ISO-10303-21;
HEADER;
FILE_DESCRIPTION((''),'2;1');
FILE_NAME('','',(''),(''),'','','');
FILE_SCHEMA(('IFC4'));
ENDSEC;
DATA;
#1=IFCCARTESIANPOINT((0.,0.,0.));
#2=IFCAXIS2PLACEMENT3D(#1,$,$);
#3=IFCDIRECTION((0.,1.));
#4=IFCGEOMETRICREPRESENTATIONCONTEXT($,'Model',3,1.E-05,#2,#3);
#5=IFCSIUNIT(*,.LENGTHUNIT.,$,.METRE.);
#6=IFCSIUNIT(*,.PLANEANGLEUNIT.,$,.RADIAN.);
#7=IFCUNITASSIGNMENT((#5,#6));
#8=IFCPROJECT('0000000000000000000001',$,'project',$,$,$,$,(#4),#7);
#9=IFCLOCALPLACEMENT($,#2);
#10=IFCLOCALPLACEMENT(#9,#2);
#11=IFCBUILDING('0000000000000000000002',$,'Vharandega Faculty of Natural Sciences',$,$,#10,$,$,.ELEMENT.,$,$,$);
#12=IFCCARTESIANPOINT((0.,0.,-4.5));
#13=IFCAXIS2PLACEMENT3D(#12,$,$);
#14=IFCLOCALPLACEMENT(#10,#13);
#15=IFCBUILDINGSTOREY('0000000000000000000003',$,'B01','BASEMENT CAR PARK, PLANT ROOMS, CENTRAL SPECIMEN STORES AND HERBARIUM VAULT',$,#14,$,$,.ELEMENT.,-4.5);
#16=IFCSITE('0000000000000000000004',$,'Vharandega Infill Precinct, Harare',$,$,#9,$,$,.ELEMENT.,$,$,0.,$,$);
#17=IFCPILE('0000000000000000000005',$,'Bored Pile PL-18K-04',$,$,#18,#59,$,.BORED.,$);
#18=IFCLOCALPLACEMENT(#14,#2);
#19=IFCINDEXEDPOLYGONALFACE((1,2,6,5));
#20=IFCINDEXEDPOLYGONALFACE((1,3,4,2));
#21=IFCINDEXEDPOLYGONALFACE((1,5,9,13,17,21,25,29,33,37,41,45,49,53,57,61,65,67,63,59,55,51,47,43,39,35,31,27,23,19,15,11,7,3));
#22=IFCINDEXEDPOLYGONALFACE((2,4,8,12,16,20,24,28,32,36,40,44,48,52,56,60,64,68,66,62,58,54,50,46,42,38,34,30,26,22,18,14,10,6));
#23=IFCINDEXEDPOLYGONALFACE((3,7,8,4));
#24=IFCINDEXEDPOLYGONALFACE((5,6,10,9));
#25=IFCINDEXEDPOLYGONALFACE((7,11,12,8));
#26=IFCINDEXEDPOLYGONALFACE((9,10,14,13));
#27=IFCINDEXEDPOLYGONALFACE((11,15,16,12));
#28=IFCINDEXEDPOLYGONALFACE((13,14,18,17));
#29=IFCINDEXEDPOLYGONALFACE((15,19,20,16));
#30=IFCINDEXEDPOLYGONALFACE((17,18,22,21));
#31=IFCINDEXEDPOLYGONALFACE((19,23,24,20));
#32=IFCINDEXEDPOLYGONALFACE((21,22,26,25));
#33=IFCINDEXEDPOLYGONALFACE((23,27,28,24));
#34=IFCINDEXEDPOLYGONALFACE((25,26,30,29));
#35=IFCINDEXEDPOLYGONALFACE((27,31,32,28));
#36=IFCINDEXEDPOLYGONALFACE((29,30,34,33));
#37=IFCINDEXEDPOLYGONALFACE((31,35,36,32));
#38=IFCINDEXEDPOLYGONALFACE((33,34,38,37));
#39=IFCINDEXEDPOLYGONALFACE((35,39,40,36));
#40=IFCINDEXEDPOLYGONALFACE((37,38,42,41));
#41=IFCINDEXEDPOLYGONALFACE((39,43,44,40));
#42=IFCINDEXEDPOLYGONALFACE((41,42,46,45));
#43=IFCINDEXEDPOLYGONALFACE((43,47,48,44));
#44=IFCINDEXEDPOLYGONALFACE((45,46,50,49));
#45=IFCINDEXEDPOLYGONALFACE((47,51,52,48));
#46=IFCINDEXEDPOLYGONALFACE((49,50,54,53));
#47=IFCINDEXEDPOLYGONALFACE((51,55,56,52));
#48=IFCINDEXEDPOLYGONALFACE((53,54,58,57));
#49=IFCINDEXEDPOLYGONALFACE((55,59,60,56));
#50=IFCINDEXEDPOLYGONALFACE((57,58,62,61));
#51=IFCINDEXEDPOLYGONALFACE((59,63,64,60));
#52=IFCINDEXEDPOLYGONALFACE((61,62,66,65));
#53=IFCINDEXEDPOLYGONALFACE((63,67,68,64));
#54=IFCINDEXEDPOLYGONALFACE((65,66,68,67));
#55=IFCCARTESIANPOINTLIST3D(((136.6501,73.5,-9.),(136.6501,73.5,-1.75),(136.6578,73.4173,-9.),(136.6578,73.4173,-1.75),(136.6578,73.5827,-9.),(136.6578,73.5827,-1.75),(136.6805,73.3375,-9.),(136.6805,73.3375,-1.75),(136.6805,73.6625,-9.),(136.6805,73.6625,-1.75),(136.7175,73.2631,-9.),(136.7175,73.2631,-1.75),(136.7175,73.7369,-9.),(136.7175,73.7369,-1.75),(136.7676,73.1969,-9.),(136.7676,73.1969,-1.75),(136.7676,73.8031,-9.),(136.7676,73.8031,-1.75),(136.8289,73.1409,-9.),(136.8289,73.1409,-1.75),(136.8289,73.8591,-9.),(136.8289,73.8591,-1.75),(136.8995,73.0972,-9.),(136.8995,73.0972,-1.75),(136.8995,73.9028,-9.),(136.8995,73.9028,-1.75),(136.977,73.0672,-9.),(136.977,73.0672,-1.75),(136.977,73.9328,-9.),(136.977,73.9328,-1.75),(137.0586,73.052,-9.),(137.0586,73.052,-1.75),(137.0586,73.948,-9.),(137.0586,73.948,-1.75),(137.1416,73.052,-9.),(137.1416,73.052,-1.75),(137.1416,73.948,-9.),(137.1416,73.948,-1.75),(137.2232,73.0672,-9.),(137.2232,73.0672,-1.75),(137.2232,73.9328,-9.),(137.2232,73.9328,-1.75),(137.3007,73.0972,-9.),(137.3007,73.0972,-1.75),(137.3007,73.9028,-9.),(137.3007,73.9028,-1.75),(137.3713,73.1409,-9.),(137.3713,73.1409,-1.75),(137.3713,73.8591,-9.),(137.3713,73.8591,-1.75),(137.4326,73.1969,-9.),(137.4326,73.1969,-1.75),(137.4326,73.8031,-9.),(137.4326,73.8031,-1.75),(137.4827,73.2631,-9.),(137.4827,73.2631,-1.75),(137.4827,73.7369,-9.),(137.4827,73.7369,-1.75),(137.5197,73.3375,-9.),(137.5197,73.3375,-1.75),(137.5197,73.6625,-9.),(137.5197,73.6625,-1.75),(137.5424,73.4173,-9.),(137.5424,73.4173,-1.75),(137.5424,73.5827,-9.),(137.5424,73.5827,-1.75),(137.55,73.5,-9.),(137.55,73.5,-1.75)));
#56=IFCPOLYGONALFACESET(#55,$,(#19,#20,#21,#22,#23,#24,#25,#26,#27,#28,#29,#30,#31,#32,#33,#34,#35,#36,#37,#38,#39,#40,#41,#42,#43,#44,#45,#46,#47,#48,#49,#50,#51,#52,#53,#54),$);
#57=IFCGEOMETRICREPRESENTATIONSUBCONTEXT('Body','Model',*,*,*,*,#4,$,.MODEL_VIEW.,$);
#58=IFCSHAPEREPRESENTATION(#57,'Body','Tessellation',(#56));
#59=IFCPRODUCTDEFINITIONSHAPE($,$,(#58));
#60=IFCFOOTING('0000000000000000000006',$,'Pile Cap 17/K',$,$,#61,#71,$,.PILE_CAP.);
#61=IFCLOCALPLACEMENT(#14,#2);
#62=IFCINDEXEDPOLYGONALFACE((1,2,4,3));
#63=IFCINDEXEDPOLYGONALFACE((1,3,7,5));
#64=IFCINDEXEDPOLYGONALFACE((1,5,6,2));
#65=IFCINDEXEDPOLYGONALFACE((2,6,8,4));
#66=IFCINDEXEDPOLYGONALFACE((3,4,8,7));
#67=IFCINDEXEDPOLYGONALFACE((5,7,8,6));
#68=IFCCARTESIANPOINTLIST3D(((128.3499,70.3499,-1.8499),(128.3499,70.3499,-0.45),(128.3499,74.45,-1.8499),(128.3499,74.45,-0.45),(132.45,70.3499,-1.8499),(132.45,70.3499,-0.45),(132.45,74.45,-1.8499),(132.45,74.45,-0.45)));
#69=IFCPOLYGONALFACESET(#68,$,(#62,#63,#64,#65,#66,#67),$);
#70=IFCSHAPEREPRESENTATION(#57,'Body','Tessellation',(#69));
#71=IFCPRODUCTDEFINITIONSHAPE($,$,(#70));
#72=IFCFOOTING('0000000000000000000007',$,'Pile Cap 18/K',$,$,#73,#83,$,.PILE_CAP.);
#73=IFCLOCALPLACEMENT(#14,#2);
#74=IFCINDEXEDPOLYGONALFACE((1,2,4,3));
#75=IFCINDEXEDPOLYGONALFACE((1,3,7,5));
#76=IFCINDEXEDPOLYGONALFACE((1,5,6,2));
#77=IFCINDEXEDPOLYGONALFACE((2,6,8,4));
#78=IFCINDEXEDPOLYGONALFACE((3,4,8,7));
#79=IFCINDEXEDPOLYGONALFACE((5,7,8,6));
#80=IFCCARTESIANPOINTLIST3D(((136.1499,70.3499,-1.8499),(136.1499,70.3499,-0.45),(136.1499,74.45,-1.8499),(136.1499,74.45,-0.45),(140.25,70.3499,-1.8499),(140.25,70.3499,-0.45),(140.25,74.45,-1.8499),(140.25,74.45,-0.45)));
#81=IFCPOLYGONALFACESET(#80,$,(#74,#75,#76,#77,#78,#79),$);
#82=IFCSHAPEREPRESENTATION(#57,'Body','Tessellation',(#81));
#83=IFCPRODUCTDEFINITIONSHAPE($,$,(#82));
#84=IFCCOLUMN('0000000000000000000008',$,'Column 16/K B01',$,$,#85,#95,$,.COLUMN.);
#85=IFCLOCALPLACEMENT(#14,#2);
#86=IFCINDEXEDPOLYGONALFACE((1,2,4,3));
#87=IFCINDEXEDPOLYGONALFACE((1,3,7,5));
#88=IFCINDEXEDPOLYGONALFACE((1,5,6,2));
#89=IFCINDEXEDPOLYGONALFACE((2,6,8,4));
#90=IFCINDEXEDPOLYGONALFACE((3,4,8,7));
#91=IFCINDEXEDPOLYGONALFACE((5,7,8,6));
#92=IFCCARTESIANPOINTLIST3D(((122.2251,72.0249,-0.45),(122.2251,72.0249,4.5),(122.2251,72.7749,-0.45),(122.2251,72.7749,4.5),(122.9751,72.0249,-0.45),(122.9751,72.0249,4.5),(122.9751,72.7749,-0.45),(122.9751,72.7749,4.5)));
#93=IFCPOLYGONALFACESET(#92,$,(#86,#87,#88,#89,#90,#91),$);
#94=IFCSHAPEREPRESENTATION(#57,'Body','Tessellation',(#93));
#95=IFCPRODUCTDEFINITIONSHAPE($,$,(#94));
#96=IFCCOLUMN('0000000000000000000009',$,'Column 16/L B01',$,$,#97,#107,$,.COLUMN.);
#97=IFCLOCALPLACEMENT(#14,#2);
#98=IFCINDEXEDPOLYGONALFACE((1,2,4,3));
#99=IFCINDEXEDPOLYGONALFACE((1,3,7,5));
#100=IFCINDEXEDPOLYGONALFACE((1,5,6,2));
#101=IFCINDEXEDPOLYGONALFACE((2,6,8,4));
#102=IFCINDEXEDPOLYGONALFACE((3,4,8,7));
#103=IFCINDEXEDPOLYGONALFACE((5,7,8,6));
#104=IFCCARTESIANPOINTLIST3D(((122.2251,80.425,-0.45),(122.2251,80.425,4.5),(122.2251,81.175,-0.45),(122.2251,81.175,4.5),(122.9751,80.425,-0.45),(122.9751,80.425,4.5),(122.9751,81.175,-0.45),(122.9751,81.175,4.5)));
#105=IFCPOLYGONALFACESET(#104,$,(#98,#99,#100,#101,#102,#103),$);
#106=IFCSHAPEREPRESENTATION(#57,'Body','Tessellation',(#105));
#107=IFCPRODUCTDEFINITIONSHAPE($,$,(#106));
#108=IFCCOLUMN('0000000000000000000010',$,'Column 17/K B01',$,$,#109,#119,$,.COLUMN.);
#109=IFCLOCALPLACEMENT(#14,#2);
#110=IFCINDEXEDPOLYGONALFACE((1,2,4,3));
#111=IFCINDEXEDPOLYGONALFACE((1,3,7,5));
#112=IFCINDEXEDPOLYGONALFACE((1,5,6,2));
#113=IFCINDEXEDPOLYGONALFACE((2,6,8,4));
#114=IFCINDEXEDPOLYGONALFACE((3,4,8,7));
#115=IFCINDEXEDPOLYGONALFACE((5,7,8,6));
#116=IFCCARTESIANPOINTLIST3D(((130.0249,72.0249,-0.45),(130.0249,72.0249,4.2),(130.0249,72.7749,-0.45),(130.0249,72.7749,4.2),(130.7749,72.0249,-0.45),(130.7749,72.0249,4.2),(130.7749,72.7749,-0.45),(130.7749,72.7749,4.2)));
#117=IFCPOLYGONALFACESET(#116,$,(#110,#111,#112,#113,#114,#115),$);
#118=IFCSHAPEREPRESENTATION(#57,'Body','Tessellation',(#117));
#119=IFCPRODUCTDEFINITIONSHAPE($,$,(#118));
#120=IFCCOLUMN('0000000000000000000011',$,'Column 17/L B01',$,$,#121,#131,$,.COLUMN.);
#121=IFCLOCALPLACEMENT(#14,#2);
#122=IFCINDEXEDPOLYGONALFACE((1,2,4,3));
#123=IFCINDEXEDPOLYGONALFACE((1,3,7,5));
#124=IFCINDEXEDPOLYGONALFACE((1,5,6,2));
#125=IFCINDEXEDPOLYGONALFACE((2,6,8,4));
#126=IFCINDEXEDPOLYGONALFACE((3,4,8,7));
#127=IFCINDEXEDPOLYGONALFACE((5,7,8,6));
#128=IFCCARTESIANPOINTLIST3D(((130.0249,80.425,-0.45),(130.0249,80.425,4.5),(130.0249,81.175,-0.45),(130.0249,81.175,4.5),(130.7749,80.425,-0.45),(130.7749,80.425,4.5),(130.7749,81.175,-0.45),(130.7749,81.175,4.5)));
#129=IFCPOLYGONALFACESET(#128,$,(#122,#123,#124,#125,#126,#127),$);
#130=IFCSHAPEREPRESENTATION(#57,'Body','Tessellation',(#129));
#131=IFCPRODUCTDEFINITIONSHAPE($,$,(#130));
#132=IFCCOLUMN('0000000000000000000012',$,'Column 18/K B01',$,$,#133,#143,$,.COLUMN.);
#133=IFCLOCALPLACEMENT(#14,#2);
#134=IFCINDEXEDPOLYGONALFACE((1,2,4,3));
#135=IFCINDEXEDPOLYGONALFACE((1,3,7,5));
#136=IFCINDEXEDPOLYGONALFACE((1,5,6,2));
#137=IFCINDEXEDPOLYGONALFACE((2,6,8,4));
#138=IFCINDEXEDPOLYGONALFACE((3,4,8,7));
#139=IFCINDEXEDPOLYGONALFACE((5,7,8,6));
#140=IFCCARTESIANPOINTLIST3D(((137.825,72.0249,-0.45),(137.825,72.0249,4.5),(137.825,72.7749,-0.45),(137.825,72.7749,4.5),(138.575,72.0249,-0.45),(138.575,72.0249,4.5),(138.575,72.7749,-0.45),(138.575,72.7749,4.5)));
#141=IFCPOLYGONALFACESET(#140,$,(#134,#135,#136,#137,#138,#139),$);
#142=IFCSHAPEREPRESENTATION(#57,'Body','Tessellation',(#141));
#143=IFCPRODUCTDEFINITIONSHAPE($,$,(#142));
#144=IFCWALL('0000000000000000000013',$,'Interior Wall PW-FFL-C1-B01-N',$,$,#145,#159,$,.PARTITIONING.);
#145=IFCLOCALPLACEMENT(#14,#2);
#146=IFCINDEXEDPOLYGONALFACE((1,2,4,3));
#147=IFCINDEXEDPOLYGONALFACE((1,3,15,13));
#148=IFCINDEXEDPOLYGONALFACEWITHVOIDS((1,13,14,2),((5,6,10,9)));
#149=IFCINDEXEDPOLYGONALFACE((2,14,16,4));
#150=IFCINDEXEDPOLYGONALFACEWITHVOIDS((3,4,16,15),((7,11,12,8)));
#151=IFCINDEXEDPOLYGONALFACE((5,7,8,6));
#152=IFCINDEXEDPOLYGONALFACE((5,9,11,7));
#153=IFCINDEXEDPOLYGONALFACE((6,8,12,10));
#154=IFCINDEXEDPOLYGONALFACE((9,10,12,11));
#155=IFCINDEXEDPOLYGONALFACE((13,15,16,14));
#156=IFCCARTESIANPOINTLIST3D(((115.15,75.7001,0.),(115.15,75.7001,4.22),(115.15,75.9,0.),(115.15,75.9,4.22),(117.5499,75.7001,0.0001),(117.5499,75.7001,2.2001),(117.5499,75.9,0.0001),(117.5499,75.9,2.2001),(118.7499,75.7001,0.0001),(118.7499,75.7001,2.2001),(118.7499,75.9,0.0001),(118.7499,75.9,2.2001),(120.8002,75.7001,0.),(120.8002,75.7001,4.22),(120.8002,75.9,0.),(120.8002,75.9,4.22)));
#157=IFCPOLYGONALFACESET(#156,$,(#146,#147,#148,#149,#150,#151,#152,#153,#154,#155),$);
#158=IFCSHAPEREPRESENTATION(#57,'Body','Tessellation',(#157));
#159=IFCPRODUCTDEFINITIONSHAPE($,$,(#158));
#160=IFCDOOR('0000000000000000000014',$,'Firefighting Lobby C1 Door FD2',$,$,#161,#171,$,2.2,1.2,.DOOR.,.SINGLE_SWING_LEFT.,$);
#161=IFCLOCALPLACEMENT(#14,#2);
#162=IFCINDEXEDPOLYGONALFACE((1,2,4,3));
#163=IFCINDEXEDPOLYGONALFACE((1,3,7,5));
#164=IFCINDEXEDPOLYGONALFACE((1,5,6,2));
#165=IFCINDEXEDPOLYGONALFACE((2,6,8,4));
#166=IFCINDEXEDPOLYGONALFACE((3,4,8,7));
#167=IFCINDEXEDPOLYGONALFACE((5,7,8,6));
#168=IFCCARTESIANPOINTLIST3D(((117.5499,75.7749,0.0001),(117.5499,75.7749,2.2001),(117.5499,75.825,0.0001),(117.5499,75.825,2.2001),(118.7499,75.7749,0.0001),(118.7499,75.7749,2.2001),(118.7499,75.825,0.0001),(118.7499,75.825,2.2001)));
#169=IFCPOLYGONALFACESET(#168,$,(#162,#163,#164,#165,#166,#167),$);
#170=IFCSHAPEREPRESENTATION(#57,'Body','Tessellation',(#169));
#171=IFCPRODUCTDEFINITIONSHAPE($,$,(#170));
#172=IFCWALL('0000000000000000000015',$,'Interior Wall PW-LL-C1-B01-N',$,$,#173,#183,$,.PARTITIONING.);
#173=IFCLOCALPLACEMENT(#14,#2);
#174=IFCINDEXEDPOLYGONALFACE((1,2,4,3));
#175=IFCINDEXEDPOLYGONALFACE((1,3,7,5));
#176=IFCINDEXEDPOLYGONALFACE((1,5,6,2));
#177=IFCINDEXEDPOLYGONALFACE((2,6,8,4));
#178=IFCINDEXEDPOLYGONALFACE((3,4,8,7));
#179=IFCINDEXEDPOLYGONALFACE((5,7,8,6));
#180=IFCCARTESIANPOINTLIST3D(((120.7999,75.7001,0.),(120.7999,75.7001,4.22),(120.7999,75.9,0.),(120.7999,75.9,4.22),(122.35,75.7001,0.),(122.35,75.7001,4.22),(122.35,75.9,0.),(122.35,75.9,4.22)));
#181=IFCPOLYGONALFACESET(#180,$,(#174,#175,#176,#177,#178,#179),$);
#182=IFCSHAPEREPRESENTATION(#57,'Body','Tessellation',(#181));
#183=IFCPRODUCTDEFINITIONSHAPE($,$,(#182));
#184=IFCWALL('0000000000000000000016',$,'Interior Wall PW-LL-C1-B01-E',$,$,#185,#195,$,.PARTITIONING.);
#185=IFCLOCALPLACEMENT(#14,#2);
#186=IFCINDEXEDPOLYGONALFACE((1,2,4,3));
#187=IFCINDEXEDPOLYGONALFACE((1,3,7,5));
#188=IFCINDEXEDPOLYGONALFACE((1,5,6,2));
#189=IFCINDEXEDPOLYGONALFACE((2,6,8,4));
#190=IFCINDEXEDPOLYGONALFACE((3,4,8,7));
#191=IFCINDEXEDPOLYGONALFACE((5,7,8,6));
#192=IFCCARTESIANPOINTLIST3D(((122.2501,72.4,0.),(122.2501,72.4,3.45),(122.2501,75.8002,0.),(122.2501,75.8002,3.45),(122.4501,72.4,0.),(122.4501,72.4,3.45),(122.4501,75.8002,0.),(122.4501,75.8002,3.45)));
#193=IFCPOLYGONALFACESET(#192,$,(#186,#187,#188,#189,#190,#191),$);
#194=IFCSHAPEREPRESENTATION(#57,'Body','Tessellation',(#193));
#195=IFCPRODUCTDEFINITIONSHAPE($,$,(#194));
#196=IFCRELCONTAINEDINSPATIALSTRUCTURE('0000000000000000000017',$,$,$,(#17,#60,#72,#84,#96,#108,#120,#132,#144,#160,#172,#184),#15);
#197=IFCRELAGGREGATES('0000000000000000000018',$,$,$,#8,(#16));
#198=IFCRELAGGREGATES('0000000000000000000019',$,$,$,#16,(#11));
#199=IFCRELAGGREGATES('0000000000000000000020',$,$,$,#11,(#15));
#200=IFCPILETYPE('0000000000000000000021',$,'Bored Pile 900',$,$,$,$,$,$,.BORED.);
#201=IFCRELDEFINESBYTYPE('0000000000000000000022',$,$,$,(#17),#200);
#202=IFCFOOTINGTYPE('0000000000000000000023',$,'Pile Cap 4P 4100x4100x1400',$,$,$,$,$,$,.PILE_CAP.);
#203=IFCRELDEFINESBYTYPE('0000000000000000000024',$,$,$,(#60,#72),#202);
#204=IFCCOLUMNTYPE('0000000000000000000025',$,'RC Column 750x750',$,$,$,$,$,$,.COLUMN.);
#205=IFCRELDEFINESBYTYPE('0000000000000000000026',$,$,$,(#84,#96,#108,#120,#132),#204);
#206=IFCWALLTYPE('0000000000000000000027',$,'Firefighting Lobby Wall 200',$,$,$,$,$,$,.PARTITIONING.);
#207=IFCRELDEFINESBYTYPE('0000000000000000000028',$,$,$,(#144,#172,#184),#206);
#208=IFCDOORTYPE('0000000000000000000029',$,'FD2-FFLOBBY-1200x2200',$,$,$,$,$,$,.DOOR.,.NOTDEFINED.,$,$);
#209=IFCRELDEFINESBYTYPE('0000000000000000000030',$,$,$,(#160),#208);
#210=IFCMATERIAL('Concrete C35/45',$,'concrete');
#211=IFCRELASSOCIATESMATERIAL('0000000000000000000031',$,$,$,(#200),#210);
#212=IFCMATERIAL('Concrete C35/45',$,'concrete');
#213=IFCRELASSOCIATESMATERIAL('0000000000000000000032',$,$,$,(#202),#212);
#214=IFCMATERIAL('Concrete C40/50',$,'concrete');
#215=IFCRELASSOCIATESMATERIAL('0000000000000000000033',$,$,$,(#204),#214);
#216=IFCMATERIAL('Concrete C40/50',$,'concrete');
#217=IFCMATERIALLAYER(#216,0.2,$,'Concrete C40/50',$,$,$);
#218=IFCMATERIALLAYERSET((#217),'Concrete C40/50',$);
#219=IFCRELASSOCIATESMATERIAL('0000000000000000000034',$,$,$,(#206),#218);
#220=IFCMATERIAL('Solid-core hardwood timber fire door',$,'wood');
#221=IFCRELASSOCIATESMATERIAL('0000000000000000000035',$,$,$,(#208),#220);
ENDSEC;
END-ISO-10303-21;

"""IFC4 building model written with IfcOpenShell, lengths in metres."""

from ifc_helpers import new_model, si_unit, direction, frame, frame_2d, origin, origin_2d, place, context, subcontext, project, spatial, rectangle, circle, extrude, material, layer, layer_set, material_profile, profile_set, type_object, element, fill, save


model = new_model("IFC4")

# Units and contexts
model_context = context("Model", 3, precision=1e-05, world=origin(), true_north=direction((0.0, 1.0)))
body_context = subcontext(model_context, "Body", "Model", "MODEL_VIEW")
ifc_project = project(units=[si_unit("LENGTHUNIT", "METRE"), si_unit("PLANEANGLEUNIT", "RADIAN")], contexts=[model_context])

# Site, building, storey
site_placement = place(None, origin())
site = spatial("IfcSite", under=ifc_project, at=site_placement, Name="Vharandega Infill Precinct, Harare", CompositionType="ELEMENT", RefElevation=0.0)
building_placement = place(site_placement, origin())
building = spatial("IfcBuilding", under=site, at=building_placement, Name="Vharandega Faculty of Natural Sciences", CompositionType="ELEMENT")
storey_placement = place(building_placement, frame((0.0, 0.0, -4.5)))
storey = spatial("IfcBuildingStorey", under=building, at=storey_placement, Name="B01", Description="BASEMENT CAR PARK, PLANT ROOMS, CENTRAL SPECIMEN STORES AND HERBARIUM VAULT", CompositionType="ELEMENT", Elevation=-4.5)

# Pile
ifc_material_1 = material(Name="Concrete C35/45", Category="concrete")
ifc_material_profile_1 = material_profile(ifc_material_1, circle(Radius=0.45, at=origin_2d()), Name="PILE 900")
ifc_profile_set_1 = profile_set([ifc_material_profile_1], Name="Concrete C35/45")
pile_type = type_object("IfcPileType", Name="Bored Pile 900", PredefinedType="BORED", material=ifc_profile_set_1)
for number, where, z_axis, x_axis, name in (
    (1, (137.1001, 73.5, -1.75), (0.0, 0.0, -1.0), (1.0, 0.0, 0.0), "Bored Pile PL-18K-04"),
):
    element("IfcPile", number, at=place(storey_placement, frame(where, z_axis=z_axis, x_axis=x_axis)), inside=storey, type_object=pile_type, Name=name, PredefinedType="BORED", context=body_context, shape_type="SweptSolid", body=[
        extrude(circle(Radius=0.45, at=origin_2d()), origin(), (0.0, 0.0, 1.0), 7.25),
    ])

# Footings
ifc_material_2 = material(Name="Concrete C35/45", Category="concrete")
footing_type = type_object("IfcFootingType", Name="Pile Cap 4P 4100x4100x1400", PredefinedType="PILE_CAP", material=ifc_material_2)
for number, where, z_axis, x_axis, name in (
    (2, (130.3999, 72.3999, -1.8499), (0.0, 0.0, 1.0), (1.0, 0.0, 0.0), "Pile Cap 17/K"),
    (3, (138.2, 72.3999, -1.8499), (0.0, 0.0, 1.0), (1.0, 0.0, 0.0), "Pile Cap 18/K"),
):
    element("IfcFooting", number, at=place(storey_placement, frame(where, z_axis=z_axis, x_axis=x_axis)), inside=storey, type_object=footing_type, Name=name, PredefinedType="PILE_CAP", context=body_context, shape_type="SweptSolid", body=[
        extrude(rectangle(XDim=4.1001, YDim=4.1001, at=origin_2d()), origin(), (0.0, 0.0, 1.0), 1.3999),
    ])

# Columns
ifc_material_3 = material(Name="Concrete C40/50", Category="concrete")
ifc_material_profile_2 = material_profile(ifc_material_3, rectangle(XDim=0.75, YDim=0.75, at=origin_2d()), Name="RC 750x750")
ifc_profile_set_2 = profile_set([ifc_material_profile_2], Name="Concrete C40/50")
column_type = type_object("IfcColumnType", Name="RC Column 750x750", PredefinedType="COLUMN", material=ifc_profile_set_2)
for number, where, z_axis, x_axis, name in (
    (4, (122.6001, 72.3999, -0.45), (0.0, 0.0, 1.0), (1.0, 0.0, 0.0), "Column 16/K B01"),
    (5, (122.6001, 80.8, -0.45), (0.0, 0.0, 1.0), (1.0, 0.0, 0.0), "Column 16/L B01"),
):
    element("IfcColumn", number, at=place(storey_placement, frame(where, z_axis=z_axis, x_axis=x_axis)), inside=storey, type_object=column_type, Name=name, PredefinedType="COLUMN", context=body_context, shape_type="SweptSolid", body=[
        extrude(rectangle(XDim=0.75, YDim=0.75, at=origin_2d()), origin(), (0.0, 0.0, 1.0), 4.95),
    ])
column_placement = place(storey_placement, frame((130.3999, 72.3999, -0.45), z_axis=(0.0, 0.0, 1.0), x_axis=(1.0, 0.0, 0.0)))
element("IfcColumn", 6, at=column_placement, inside=storey, type_object=column_type, Name="Column 17/K B01", PredefinedType="COLUMN", context=body_context, shape_type="SweptSolid", body=[
    extrude(rectangle(XDim=0.75, YDim=0.75, at=origin_2d()), origin(), (0.0, 0.0, 1.0), 4.6499),
])
for number, where, z_axis, x_axis, name in (
    (7, (130.3999, 80.8, -0.45), (0.0, 0.0, 1.0), (1.0, 0.0, 0.0), "Column 17/L B01"),
    (8, (138.2, 72.3999, -0.45), (0.0, 0.0, 1.0), (1.0, 0.0, 0.0), "Column 18/K B01"),
):
    element("IfcColumn", number, at=place(storey_placement, frame(where, z_axis=z_axis, x_axis=x_axis)), inside=storey, type_object=column_type, Name=name, PredefinedType="COLUMN", context=body_context, shape_type="SweptSolid", body=[
        extrude(rectangle(XDim=0.75, YDim=0.75, at=origin_2d()), origin(), (0.0, 0.0, 1.0), 4.95),
    ])

# Wall, opening, door
ifc_material_4 = material(Name="Concrete C40/50", Category="concrete")
ifc_layer = layer(ifc_material_4, 0.2, Name="Concrete C40/50")
ifc_layer_set = layer_set([ifc_layer], Name="Concrete C40/50")
wall_type = type_object("IfcWallType", Name="Firefighting Lobby Wall 200", PredefinedType="PARTITIONING", material=ifc_layer_set)
wall_1_placement = place(storey_placement, frame((115.1499, 75.8, 0.0), z_axis=(0.0, 0.0, 1.0), x_axis=(1.0, 0.0, 0.0)))
wall_1 = element("IfcWall", 9, at=wall_1_placement, inside=storey, type_object=wall_type, Name="Interior Wall PW-FFL-C1-B01-N", PredefinedType="PARTITIONING", context=body_context, shape_type="SweptSolid", body=[
    extrude(rectangle(XDim=5.6501, YDim=0.2, at=frame_2d((2.8252, 0.0))), origin(), (0.0, 0.0, 1.0), 4.22),
])
opening_1_placement = place(wall_1_placement, frame((2.3999, 0.0, 0.0)))
opening_1 = element("IfcOpeningElement", 10, at=opening_1_placement, cuts=wall_1, PredefinedType="OPENING", context=body_context, shape_type="SweptSolid", body=[
    extrude(rectangle(XDim=1.2, YDim=2.2, at=frame_2d((0.6001, 1.1001))), frame((0.0, 0.1099, 0.0), z_axis=(0.0, -1.0, 0.0), x_axis=(1.0, 0.0, 0.0)), (0.0, 0.0, 1.0), 0.22),
])
ifc_material_5 = material(Name="Solid-core hardwood timber fire door", Category="wood")
door_type_1 = type_object("IfcDoorType", Name="FD2-FFLOBBY-1200x2200", OperationType="NOTDEFINED", PredefinedType="DOOR", material=ifc_material_5)
door_1_placement = place(opening_1_placement, origin())
door_1 = element("IfcDoor", 11, at=door_1_placement, inside=storey, type_object=door_type_1, Name="Firefighting Lobby C1 Door FD2", OperationType="SINGLE_SWING_LEFT", OverallHeight=2.2, OverallWidth=1.2, PredefinedType="DOOR", context=body_context, shape_type="SweptSolid", body=[
    extrude(rectangle(XDim=1.2, YDim=2.2, at=frame_2d((0.6001, 1.1001))), frame((0.0, 0.0249, 0.0), z_axis=(0.0, -1.0, 0.0), x_axis=(1.0, 0.0, 0.0)), (0.0, 0.0, 1.0), 0.05),
])
fill(opening_1, door_1)

# Walls
wall_2_placement = place(storey_placement, frame((120.8, 75.8, 0.0), z_axis=(0.0, 0.0, 1.0), x_axis=(1.0, 0.0, 0.0)))
element("IfcWall", 12, at=wall_2_placement, inside=storey, type_object=wall_type, Name="Interior Wall PW-LL-C1-B01-N", PredefinedType="PARTITIONING", context=body_context, shape_type="SweptSolid", body=[
    extrude(rectangle(XDim=1.55, YDim=0.2, at=frame_2d((0.7749, 0.0))), origin(), (0.0, 0.0, 1.0), 4.22),
])
wall_3_placement = place(storey_placement, frame((122.3501, 72.3999, 0.0), z_axis=(0.0, 0.0, 1.0), x_axis=(0.0, 1.0, 0.0)))
element("IfcWall", 13, at=wall_3_placement, inside=storey, type_object=wall_type, Name="Interior Wall PW-LL-C1-B01-E", PredefinedType="PARTITIONING", context=body_context, shape_type="SweptSolid", body=[
    extrude(rectangle(XDim=3.4001, YDim=0.2, at=frame_2d((1.7002, 0.0))), origin(), (0.0, 0.0, 1.0), 3.45),
])

save(model, "model.ifc")
